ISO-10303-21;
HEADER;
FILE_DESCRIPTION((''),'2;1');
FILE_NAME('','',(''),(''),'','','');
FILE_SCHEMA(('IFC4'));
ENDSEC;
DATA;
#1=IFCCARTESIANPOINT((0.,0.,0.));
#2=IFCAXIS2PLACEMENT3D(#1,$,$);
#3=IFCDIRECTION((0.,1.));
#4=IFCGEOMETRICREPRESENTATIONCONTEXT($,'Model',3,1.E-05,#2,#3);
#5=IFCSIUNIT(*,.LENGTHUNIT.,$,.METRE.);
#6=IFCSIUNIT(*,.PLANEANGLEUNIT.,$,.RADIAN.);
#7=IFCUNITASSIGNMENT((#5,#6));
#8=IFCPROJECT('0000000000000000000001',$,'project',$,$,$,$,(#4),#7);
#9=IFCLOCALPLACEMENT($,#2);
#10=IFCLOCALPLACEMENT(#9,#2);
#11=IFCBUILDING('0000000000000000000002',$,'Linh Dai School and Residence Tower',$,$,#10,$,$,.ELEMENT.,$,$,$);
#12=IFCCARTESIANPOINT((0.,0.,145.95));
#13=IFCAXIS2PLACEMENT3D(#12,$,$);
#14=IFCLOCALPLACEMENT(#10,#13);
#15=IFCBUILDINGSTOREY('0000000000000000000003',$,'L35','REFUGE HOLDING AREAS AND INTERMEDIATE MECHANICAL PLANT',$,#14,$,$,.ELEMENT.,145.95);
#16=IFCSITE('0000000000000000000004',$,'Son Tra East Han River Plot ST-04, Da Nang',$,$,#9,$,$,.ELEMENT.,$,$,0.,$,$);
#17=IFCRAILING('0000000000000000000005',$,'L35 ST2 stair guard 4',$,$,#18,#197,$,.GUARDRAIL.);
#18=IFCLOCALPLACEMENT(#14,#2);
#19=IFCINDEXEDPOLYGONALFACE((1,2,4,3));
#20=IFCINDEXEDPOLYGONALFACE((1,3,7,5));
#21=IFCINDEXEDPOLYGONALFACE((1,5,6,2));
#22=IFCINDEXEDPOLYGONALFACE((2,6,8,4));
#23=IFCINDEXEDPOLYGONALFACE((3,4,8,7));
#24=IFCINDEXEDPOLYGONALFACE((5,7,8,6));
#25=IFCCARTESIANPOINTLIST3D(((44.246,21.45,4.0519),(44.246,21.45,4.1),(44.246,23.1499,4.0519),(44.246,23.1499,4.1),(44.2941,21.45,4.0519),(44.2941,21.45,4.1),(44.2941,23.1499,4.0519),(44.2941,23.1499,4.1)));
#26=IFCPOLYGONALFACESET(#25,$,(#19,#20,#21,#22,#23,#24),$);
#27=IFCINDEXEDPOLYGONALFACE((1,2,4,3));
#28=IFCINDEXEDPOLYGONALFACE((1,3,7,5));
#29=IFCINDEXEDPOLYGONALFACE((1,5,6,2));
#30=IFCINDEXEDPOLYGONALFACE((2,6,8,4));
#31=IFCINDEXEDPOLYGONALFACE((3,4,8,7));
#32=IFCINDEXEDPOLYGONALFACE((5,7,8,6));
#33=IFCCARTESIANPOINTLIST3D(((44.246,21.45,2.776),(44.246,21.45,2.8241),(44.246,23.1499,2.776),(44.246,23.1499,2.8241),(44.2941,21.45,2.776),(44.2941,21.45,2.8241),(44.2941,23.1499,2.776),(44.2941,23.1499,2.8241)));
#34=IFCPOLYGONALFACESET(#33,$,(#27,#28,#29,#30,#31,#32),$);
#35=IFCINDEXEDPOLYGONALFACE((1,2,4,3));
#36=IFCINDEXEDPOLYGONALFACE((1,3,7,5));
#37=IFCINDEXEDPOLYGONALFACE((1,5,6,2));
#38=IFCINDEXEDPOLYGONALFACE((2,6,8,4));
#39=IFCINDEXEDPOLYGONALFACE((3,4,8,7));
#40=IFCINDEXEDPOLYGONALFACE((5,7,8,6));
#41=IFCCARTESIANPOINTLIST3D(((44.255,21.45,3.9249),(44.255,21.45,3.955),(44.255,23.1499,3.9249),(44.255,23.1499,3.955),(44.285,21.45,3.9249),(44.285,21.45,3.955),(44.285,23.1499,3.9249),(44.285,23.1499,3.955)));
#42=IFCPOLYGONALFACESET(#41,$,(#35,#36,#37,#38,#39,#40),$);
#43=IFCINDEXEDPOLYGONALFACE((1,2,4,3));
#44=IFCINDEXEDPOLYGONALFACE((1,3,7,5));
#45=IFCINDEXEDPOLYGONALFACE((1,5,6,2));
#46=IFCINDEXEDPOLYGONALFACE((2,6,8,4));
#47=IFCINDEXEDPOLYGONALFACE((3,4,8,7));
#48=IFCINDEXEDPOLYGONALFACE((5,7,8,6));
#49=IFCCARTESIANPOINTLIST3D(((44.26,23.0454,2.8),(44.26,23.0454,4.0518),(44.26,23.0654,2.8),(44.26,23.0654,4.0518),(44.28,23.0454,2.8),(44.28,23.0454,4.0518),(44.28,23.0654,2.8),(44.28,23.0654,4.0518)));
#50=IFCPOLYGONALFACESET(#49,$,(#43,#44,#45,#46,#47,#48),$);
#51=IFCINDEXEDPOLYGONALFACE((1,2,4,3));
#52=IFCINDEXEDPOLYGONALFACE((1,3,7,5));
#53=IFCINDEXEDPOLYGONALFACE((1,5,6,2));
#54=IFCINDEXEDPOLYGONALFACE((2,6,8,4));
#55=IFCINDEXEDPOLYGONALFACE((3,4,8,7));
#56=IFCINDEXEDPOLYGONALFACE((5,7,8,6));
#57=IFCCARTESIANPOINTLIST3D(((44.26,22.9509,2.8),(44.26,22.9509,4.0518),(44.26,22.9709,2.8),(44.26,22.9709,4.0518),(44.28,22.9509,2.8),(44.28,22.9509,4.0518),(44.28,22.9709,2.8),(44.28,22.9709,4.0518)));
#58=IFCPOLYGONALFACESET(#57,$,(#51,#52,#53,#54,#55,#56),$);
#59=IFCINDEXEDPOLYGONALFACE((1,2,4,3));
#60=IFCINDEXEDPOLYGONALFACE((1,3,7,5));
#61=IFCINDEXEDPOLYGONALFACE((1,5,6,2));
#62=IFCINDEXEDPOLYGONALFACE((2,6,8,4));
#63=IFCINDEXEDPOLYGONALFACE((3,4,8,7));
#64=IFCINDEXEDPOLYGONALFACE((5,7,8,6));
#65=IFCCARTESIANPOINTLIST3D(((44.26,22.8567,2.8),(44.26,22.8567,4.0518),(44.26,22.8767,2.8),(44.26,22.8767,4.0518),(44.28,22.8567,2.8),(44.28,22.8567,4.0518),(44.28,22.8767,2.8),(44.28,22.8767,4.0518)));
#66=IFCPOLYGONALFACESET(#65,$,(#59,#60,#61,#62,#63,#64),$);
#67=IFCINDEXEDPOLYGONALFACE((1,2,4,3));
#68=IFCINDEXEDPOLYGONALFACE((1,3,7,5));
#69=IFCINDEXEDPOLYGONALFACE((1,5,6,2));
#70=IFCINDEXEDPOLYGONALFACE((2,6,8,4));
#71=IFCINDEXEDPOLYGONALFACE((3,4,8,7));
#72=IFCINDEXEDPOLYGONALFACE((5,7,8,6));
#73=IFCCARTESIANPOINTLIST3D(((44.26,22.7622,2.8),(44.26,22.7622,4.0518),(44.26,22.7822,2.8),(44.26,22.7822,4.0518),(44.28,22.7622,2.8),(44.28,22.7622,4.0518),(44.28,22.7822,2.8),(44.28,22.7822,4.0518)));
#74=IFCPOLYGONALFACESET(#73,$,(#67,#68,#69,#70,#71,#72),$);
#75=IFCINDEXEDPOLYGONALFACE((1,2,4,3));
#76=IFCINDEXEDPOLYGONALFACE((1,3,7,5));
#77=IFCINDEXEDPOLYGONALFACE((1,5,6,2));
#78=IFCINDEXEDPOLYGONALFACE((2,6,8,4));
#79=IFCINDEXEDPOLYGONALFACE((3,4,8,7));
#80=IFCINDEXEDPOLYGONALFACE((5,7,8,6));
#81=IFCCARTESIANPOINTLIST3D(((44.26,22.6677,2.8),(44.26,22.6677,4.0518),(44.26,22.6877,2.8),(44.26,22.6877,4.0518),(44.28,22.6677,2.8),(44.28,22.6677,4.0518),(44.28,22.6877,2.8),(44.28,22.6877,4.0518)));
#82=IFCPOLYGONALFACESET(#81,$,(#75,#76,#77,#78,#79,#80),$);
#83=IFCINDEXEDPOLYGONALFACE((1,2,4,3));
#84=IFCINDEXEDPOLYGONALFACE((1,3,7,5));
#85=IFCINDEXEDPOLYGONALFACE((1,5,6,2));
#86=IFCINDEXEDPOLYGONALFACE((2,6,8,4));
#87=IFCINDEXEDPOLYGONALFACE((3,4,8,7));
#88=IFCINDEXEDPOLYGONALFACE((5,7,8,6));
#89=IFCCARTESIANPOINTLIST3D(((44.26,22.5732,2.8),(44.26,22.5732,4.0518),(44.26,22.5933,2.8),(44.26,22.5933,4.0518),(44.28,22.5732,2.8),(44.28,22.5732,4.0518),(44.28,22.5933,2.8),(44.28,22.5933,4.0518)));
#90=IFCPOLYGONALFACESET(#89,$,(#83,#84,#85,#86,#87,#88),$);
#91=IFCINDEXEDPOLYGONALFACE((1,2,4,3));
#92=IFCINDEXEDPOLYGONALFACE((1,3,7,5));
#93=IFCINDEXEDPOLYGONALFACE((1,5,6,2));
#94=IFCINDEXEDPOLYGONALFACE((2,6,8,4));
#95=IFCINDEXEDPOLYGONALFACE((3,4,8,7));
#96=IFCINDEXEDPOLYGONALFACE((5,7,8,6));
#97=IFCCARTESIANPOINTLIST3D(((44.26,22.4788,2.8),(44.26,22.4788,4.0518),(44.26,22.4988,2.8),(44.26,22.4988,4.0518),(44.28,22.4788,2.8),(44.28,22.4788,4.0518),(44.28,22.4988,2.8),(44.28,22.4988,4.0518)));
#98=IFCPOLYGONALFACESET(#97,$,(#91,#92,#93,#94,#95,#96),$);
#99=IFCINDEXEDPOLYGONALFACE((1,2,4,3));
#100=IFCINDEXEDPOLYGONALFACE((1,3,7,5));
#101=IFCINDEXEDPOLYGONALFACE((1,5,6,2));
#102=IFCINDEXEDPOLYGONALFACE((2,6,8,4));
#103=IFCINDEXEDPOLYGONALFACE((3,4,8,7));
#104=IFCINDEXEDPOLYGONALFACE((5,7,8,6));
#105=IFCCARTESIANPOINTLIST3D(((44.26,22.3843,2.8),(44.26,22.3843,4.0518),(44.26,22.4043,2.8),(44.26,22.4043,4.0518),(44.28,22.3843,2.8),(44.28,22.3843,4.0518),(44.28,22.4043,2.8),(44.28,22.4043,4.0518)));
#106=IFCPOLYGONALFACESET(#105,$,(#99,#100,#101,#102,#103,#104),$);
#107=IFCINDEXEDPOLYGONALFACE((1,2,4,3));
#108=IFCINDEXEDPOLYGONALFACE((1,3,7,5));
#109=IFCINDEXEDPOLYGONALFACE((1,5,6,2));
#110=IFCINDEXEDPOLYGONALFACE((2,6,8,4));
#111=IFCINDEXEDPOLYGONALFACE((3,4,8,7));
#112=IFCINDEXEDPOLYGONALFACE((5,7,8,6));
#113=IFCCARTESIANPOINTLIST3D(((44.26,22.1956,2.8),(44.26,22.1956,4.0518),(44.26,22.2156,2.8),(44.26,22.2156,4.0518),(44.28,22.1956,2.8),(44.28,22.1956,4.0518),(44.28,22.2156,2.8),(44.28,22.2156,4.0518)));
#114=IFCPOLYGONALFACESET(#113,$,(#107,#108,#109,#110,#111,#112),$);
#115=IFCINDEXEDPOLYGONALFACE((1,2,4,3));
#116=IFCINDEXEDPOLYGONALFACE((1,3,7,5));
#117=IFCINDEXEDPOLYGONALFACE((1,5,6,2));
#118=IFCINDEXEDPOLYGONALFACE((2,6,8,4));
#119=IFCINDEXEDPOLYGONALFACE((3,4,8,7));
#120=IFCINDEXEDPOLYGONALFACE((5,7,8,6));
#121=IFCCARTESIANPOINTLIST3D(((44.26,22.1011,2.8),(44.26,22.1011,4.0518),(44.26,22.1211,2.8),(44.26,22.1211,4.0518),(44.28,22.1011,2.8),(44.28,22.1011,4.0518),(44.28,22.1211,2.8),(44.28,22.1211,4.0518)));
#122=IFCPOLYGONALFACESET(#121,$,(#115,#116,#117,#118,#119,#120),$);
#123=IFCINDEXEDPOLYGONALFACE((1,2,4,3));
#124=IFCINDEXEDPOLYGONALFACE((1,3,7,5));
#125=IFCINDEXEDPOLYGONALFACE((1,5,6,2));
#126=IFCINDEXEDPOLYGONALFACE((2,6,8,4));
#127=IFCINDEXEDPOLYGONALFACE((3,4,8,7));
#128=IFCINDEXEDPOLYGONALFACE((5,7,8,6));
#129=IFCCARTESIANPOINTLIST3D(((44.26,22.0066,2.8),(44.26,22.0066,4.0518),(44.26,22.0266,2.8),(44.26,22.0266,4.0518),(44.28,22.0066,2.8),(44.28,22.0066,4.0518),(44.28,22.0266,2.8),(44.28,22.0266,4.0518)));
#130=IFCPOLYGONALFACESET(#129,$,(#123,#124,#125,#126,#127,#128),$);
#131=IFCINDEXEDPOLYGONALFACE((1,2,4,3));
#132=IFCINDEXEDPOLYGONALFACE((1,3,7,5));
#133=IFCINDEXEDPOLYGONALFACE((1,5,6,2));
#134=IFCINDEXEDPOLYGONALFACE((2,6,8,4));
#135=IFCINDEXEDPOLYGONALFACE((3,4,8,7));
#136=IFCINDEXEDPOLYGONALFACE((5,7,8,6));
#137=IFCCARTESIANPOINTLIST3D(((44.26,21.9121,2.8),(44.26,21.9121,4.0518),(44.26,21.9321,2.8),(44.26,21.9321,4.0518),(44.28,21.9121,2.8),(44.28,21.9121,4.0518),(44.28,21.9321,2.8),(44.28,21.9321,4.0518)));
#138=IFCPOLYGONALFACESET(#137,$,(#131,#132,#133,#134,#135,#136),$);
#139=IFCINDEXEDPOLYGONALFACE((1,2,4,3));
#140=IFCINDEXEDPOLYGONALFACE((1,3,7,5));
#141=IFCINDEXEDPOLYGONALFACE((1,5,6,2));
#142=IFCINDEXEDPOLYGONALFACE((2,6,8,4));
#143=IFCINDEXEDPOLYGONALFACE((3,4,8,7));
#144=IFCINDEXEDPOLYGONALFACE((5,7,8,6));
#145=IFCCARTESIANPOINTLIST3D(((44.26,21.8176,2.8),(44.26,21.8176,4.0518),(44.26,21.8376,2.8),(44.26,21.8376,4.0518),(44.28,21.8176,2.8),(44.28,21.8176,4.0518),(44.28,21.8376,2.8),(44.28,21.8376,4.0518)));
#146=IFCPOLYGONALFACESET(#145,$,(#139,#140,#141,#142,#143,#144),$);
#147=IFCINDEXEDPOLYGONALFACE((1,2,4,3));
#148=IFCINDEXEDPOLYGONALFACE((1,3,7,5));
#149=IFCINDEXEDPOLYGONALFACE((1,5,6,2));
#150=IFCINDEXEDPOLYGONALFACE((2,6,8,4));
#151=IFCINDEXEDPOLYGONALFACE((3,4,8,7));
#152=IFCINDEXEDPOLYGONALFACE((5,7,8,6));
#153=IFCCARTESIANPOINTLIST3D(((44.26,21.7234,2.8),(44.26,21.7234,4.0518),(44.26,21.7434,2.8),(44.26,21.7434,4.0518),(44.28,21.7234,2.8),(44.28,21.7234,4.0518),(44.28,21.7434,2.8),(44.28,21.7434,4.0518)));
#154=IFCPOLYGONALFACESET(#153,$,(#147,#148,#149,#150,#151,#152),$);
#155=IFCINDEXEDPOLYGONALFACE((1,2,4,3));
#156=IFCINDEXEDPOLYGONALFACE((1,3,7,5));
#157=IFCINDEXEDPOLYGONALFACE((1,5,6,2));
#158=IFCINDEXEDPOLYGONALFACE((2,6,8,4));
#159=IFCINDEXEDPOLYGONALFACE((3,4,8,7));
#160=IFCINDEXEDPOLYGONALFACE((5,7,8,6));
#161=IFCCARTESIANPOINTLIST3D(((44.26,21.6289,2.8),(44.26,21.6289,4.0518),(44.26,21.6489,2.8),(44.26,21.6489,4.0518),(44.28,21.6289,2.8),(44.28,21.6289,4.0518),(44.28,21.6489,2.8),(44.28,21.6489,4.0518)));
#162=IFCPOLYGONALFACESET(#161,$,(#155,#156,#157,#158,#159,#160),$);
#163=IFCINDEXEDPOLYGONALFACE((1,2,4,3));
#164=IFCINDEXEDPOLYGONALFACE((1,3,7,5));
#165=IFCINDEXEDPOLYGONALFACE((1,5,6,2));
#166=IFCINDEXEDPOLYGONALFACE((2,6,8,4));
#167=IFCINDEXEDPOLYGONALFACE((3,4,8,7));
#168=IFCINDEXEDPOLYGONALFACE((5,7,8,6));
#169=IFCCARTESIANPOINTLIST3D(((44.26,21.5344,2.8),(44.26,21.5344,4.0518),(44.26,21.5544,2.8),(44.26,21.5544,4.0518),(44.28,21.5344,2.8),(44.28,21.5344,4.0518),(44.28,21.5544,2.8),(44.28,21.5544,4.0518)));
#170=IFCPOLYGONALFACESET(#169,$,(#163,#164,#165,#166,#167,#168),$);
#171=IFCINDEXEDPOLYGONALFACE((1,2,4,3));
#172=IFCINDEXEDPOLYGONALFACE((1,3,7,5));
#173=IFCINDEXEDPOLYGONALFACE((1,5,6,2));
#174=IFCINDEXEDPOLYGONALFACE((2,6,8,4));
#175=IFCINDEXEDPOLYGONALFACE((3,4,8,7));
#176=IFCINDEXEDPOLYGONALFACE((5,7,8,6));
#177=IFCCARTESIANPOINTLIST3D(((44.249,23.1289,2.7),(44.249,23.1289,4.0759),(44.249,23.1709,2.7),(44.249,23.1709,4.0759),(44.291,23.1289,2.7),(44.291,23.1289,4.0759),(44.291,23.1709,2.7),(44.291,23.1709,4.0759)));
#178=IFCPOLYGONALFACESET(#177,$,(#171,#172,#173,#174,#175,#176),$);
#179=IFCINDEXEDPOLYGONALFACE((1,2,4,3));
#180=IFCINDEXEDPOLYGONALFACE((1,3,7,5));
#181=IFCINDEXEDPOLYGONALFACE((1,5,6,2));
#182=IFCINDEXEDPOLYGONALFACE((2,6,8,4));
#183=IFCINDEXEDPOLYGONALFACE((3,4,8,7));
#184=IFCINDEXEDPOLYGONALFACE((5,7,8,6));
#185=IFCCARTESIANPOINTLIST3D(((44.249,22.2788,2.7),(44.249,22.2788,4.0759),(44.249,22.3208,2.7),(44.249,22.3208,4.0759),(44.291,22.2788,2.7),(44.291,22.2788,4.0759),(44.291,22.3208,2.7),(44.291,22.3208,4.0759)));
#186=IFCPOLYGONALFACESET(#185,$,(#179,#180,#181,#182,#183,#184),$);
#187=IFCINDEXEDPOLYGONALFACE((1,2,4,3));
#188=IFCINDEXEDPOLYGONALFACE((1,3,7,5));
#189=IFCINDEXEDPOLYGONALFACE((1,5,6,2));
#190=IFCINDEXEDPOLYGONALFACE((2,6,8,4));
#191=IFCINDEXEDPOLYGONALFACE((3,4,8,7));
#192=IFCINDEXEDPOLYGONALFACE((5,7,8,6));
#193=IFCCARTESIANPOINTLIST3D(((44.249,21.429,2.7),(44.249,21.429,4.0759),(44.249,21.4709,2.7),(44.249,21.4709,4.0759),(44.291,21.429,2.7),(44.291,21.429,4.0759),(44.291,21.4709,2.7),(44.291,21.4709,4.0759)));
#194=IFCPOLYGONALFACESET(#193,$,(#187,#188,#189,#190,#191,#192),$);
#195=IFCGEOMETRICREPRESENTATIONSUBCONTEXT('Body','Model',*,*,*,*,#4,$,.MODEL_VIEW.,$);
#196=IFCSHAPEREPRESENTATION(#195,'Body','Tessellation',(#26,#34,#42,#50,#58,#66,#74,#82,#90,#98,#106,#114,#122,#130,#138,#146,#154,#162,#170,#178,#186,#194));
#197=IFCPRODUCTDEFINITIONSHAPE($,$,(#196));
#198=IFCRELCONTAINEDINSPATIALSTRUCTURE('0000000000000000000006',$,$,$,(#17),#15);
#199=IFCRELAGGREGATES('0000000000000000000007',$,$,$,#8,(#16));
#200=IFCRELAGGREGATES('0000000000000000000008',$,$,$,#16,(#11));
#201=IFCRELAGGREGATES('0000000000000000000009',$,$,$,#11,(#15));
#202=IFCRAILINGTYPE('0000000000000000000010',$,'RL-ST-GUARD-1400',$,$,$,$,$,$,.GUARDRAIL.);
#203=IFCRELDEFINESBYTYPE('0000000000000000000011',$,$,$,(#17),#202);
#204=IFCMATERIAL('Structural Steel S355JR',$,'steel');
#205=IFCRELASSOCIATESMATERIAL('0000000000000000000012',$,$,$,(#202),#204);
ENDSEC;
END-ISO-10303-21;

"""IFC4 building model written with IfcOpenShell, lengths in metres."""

from ifc_helpers import new_model, si_unit, direction, frame, origin, origin_2d, place, context, subcontext, project, spatial, rectangle, extrude, source, transform, mapped, material, type_object, element, save


model = new_model("IFC4")

# Units and contexts
model_context = context("Model", 3, precision=1e-05, world=origin(), true_north=direction((0.0, 1.0)))
body_context = subcontext(model_context, "Body", "Model", "MODEL_VIEW")
ifc_project = project(units=[si_unit("LENGTHUNIT", "METRE"), si_unit("PLANEANGLEUNIT", "RADIAN")], contexts=[model_context])

# Site, building, storey
site_placement = place(None, origin())
site = spatial("IfcSite", under=ifc_project, at=site_placement, Name="Son Tra East Han River Plot ST-04, Da Nang", CompositionType="ELEMENT", RefElevation=0.0)
building_placement = place(site_placement, origin())
building = spatial("IfcBuilding", under=site, at=building_placement, Name="Linh Dai School and Residence Tower", CompositionType="ELEMENT")
storey_placement = place(building_placement, frame((0.0, 0.0, 145.95)))
storey = spatial("IfcBuildingStorey", under=building, at=storey_placement, Name="L35", Description="REFUGE HOLDING AREAS AND INTERMEDIATE MECHANICAL PLANT", CompositionType="ELEMENT", Elevation=145.95)

# Shared definitions
ifc_material_1 = material(Name="Structural Steel S355JR", Category="steel")

# Railing
railing_type = type_object("IfcRailingType", Name="RL-ST-GUARD-1400", PredefinedType="GUARDRAIL", material=ifc_material_1)
shared_shape_1 = source(origin(), body_context, "Body", "SweptSolid", [
    extrude(rectangle(XDim=0.0481, YDim=0.0481, at=origin_2d()), frame((0.0, 0.0, 1.376), z_axis=(0.0, -1.0, 0.0), x_axis=(1.0, 0.0, 0.0)), (0.0, 0.0, 1.0), 1.7),
    extrude(rectangle(XDim=0.0481, YDim=0.0481, at=origin_2d()), frame((0.0, 0.0, 0.1001), z_axis=(0.0, -1.0, 0.0), x_axis=(1.0, 0.0, 0.0)), (0.0, 0.0, 1.0), 1.7),
    extrude(rectangle(XDim=0.03, YDim=0.03, at=origin_2d()), frame((0.0, 0.0, 1.24), z_axis=(0.0, -1.0, 0.0), x_axis=(1.0, 0.0, 0.0)), (0.0, 0.0, 1.0), 1.7),
    extrude(rectangle(XDim=0.02, YDim=0.02, at=origin_2d()), frame((0.0, -0.0945, 0.1001)), (0.0, 0.0, 1.0), 1.2517),
    extrude(rectangle(XDim=0.02, YDim=0.02, at=origin_2d()), frame((0.0, -0.189, 0.1001)), (0.0, 0.0, 1.0), 1.2517),
    extrude(rectangle(XDim=0.02, YDim=0.02, at=origin_2d()), frame((0.0, -0.2832, 0.1001)), (0.0, 0.0, 1.0), 1.2517),
    extrude(rectangle(XDim=0.02, YDim=0.02, at=origin_2d()), frame((0.0, -0.3777, 0.1001)), (0.0, 0.0, 1.0), 1.2517),
    extrude(rectangle(XDim=0.02, YDim=0.02, at=origin_2d()), frame((0.0, -0.4722, 0.1001)), (0.0, 0.0, 1.0), 1.2517),
    extrude(rectangle(XDim=0.02, YDim=0.02, at=origin_2d()), frame((0.0, -0.5667, 0.1001)), (0.0, 0.0, 1.0), 1.2517),
    extrude(rectangle(XDim=0.02, YDim=0.02, at=origin_2d()), frame((0.0, -0.6611, 0.1001)), (0.0, 0.0, 1.0), 1.2517),
    extrude(rectangle(XDim=0.02, YDim=0.02, at=origin_2d()), frame((0.0, -0.7556, 0.1001)), (0.0, 0.0, 1.0), 1.2517),
    extrude(rectangle(XDim=0.02, YDim=0.02, at=origin_2d()), frame((0.0, -0.9443, 0.1001)), (0.0, 0.0, 1.0), 1.2517),
    extrude(rectangle(XDim=0.02, YDim=0.02, at=origin_2d()), frame((0.0, -1.0388, 0.1001)), (0.0, 0.0, 1.0), 1.2517),
    extrude(rectangle(XDim=0.02, YDim=0.02, at=origin_2d()), frame((0.0, -1.1333, 0.1001)), (0.0, 0.0, 1.0), 1.2517),
    extrude(rectangle(XDim=0.02, YDim=0.02, at=origin_2d()), frame((0.0, -1.2278, 0.1001)), (0.0, 0.0, 1.0), 1.2517),
    extrude(rectangle(XDim=0.02, YDim=0.02, at=origin_2d()), frame((0.0, -1.3223, 0.1001)), (0.0, 0.0, 1.0), 1.2517),
    extrude(rectangle(XDim=0.02, YDim=0.02, at=origin_2d()), frame((0.0, -1.4165, 0.1001)), (0.0, 0.0, 1.0), 1.2517),
    extrude(rectangle(XDim=0.02, YDim=0.02, at=origin_2d()), frame((0.0, -1.511, 0.1001)), (0.0, 0.0, 1.0), 1.2517),
    extrude(rectangle(XDim=0.02, YDim=0.02, at=origin_2d()), frame((0.0, -1.6055, 0.1001)), (0.0, 0.0, 1.0), 1.2517),
    extrude(rectangle(XDim=0.042, YDim=0.042, at=origin_2d()), origin(), (0.0, 0.0, 1.0), 1.376),
    extrude(rectangle(XDim=0.042, YDim=0.042, at=origin_2d()), frame((0.0, -0.8501, 0.0)), (0.0, 0.0, 1.0), 1.376),
    extrude(rectangle(XDim=0.042, YDim=0.042, at=origin_2d()), frame((0.0, -1.7, 0.0)), (0.0, 0.0, 1.0), 1.376),
])
for number, where, name in (
    (1, (44.27, 23.1499, 2.7), "L35 ST2 stair guard 4"),
):
    element("IfcRailing", number, at=place(storey_placement, frame(where)), inside=storey, type_object=railing_type, Name=name, PredefinedType="GUARDRAIL", context=body_context, shape_type="MappedRepresentation", body=[
        mapped(shared_shape_1, transform((0.0, 0.0, 0.0), x_axis=(1.0, 0.0, 0.0), y_axis=(0.0, 1.0, 0.0), z_axis=(0.0, 0.0, 1.0), scale=1.0)),
    ])

save(model, "model.ifc")
